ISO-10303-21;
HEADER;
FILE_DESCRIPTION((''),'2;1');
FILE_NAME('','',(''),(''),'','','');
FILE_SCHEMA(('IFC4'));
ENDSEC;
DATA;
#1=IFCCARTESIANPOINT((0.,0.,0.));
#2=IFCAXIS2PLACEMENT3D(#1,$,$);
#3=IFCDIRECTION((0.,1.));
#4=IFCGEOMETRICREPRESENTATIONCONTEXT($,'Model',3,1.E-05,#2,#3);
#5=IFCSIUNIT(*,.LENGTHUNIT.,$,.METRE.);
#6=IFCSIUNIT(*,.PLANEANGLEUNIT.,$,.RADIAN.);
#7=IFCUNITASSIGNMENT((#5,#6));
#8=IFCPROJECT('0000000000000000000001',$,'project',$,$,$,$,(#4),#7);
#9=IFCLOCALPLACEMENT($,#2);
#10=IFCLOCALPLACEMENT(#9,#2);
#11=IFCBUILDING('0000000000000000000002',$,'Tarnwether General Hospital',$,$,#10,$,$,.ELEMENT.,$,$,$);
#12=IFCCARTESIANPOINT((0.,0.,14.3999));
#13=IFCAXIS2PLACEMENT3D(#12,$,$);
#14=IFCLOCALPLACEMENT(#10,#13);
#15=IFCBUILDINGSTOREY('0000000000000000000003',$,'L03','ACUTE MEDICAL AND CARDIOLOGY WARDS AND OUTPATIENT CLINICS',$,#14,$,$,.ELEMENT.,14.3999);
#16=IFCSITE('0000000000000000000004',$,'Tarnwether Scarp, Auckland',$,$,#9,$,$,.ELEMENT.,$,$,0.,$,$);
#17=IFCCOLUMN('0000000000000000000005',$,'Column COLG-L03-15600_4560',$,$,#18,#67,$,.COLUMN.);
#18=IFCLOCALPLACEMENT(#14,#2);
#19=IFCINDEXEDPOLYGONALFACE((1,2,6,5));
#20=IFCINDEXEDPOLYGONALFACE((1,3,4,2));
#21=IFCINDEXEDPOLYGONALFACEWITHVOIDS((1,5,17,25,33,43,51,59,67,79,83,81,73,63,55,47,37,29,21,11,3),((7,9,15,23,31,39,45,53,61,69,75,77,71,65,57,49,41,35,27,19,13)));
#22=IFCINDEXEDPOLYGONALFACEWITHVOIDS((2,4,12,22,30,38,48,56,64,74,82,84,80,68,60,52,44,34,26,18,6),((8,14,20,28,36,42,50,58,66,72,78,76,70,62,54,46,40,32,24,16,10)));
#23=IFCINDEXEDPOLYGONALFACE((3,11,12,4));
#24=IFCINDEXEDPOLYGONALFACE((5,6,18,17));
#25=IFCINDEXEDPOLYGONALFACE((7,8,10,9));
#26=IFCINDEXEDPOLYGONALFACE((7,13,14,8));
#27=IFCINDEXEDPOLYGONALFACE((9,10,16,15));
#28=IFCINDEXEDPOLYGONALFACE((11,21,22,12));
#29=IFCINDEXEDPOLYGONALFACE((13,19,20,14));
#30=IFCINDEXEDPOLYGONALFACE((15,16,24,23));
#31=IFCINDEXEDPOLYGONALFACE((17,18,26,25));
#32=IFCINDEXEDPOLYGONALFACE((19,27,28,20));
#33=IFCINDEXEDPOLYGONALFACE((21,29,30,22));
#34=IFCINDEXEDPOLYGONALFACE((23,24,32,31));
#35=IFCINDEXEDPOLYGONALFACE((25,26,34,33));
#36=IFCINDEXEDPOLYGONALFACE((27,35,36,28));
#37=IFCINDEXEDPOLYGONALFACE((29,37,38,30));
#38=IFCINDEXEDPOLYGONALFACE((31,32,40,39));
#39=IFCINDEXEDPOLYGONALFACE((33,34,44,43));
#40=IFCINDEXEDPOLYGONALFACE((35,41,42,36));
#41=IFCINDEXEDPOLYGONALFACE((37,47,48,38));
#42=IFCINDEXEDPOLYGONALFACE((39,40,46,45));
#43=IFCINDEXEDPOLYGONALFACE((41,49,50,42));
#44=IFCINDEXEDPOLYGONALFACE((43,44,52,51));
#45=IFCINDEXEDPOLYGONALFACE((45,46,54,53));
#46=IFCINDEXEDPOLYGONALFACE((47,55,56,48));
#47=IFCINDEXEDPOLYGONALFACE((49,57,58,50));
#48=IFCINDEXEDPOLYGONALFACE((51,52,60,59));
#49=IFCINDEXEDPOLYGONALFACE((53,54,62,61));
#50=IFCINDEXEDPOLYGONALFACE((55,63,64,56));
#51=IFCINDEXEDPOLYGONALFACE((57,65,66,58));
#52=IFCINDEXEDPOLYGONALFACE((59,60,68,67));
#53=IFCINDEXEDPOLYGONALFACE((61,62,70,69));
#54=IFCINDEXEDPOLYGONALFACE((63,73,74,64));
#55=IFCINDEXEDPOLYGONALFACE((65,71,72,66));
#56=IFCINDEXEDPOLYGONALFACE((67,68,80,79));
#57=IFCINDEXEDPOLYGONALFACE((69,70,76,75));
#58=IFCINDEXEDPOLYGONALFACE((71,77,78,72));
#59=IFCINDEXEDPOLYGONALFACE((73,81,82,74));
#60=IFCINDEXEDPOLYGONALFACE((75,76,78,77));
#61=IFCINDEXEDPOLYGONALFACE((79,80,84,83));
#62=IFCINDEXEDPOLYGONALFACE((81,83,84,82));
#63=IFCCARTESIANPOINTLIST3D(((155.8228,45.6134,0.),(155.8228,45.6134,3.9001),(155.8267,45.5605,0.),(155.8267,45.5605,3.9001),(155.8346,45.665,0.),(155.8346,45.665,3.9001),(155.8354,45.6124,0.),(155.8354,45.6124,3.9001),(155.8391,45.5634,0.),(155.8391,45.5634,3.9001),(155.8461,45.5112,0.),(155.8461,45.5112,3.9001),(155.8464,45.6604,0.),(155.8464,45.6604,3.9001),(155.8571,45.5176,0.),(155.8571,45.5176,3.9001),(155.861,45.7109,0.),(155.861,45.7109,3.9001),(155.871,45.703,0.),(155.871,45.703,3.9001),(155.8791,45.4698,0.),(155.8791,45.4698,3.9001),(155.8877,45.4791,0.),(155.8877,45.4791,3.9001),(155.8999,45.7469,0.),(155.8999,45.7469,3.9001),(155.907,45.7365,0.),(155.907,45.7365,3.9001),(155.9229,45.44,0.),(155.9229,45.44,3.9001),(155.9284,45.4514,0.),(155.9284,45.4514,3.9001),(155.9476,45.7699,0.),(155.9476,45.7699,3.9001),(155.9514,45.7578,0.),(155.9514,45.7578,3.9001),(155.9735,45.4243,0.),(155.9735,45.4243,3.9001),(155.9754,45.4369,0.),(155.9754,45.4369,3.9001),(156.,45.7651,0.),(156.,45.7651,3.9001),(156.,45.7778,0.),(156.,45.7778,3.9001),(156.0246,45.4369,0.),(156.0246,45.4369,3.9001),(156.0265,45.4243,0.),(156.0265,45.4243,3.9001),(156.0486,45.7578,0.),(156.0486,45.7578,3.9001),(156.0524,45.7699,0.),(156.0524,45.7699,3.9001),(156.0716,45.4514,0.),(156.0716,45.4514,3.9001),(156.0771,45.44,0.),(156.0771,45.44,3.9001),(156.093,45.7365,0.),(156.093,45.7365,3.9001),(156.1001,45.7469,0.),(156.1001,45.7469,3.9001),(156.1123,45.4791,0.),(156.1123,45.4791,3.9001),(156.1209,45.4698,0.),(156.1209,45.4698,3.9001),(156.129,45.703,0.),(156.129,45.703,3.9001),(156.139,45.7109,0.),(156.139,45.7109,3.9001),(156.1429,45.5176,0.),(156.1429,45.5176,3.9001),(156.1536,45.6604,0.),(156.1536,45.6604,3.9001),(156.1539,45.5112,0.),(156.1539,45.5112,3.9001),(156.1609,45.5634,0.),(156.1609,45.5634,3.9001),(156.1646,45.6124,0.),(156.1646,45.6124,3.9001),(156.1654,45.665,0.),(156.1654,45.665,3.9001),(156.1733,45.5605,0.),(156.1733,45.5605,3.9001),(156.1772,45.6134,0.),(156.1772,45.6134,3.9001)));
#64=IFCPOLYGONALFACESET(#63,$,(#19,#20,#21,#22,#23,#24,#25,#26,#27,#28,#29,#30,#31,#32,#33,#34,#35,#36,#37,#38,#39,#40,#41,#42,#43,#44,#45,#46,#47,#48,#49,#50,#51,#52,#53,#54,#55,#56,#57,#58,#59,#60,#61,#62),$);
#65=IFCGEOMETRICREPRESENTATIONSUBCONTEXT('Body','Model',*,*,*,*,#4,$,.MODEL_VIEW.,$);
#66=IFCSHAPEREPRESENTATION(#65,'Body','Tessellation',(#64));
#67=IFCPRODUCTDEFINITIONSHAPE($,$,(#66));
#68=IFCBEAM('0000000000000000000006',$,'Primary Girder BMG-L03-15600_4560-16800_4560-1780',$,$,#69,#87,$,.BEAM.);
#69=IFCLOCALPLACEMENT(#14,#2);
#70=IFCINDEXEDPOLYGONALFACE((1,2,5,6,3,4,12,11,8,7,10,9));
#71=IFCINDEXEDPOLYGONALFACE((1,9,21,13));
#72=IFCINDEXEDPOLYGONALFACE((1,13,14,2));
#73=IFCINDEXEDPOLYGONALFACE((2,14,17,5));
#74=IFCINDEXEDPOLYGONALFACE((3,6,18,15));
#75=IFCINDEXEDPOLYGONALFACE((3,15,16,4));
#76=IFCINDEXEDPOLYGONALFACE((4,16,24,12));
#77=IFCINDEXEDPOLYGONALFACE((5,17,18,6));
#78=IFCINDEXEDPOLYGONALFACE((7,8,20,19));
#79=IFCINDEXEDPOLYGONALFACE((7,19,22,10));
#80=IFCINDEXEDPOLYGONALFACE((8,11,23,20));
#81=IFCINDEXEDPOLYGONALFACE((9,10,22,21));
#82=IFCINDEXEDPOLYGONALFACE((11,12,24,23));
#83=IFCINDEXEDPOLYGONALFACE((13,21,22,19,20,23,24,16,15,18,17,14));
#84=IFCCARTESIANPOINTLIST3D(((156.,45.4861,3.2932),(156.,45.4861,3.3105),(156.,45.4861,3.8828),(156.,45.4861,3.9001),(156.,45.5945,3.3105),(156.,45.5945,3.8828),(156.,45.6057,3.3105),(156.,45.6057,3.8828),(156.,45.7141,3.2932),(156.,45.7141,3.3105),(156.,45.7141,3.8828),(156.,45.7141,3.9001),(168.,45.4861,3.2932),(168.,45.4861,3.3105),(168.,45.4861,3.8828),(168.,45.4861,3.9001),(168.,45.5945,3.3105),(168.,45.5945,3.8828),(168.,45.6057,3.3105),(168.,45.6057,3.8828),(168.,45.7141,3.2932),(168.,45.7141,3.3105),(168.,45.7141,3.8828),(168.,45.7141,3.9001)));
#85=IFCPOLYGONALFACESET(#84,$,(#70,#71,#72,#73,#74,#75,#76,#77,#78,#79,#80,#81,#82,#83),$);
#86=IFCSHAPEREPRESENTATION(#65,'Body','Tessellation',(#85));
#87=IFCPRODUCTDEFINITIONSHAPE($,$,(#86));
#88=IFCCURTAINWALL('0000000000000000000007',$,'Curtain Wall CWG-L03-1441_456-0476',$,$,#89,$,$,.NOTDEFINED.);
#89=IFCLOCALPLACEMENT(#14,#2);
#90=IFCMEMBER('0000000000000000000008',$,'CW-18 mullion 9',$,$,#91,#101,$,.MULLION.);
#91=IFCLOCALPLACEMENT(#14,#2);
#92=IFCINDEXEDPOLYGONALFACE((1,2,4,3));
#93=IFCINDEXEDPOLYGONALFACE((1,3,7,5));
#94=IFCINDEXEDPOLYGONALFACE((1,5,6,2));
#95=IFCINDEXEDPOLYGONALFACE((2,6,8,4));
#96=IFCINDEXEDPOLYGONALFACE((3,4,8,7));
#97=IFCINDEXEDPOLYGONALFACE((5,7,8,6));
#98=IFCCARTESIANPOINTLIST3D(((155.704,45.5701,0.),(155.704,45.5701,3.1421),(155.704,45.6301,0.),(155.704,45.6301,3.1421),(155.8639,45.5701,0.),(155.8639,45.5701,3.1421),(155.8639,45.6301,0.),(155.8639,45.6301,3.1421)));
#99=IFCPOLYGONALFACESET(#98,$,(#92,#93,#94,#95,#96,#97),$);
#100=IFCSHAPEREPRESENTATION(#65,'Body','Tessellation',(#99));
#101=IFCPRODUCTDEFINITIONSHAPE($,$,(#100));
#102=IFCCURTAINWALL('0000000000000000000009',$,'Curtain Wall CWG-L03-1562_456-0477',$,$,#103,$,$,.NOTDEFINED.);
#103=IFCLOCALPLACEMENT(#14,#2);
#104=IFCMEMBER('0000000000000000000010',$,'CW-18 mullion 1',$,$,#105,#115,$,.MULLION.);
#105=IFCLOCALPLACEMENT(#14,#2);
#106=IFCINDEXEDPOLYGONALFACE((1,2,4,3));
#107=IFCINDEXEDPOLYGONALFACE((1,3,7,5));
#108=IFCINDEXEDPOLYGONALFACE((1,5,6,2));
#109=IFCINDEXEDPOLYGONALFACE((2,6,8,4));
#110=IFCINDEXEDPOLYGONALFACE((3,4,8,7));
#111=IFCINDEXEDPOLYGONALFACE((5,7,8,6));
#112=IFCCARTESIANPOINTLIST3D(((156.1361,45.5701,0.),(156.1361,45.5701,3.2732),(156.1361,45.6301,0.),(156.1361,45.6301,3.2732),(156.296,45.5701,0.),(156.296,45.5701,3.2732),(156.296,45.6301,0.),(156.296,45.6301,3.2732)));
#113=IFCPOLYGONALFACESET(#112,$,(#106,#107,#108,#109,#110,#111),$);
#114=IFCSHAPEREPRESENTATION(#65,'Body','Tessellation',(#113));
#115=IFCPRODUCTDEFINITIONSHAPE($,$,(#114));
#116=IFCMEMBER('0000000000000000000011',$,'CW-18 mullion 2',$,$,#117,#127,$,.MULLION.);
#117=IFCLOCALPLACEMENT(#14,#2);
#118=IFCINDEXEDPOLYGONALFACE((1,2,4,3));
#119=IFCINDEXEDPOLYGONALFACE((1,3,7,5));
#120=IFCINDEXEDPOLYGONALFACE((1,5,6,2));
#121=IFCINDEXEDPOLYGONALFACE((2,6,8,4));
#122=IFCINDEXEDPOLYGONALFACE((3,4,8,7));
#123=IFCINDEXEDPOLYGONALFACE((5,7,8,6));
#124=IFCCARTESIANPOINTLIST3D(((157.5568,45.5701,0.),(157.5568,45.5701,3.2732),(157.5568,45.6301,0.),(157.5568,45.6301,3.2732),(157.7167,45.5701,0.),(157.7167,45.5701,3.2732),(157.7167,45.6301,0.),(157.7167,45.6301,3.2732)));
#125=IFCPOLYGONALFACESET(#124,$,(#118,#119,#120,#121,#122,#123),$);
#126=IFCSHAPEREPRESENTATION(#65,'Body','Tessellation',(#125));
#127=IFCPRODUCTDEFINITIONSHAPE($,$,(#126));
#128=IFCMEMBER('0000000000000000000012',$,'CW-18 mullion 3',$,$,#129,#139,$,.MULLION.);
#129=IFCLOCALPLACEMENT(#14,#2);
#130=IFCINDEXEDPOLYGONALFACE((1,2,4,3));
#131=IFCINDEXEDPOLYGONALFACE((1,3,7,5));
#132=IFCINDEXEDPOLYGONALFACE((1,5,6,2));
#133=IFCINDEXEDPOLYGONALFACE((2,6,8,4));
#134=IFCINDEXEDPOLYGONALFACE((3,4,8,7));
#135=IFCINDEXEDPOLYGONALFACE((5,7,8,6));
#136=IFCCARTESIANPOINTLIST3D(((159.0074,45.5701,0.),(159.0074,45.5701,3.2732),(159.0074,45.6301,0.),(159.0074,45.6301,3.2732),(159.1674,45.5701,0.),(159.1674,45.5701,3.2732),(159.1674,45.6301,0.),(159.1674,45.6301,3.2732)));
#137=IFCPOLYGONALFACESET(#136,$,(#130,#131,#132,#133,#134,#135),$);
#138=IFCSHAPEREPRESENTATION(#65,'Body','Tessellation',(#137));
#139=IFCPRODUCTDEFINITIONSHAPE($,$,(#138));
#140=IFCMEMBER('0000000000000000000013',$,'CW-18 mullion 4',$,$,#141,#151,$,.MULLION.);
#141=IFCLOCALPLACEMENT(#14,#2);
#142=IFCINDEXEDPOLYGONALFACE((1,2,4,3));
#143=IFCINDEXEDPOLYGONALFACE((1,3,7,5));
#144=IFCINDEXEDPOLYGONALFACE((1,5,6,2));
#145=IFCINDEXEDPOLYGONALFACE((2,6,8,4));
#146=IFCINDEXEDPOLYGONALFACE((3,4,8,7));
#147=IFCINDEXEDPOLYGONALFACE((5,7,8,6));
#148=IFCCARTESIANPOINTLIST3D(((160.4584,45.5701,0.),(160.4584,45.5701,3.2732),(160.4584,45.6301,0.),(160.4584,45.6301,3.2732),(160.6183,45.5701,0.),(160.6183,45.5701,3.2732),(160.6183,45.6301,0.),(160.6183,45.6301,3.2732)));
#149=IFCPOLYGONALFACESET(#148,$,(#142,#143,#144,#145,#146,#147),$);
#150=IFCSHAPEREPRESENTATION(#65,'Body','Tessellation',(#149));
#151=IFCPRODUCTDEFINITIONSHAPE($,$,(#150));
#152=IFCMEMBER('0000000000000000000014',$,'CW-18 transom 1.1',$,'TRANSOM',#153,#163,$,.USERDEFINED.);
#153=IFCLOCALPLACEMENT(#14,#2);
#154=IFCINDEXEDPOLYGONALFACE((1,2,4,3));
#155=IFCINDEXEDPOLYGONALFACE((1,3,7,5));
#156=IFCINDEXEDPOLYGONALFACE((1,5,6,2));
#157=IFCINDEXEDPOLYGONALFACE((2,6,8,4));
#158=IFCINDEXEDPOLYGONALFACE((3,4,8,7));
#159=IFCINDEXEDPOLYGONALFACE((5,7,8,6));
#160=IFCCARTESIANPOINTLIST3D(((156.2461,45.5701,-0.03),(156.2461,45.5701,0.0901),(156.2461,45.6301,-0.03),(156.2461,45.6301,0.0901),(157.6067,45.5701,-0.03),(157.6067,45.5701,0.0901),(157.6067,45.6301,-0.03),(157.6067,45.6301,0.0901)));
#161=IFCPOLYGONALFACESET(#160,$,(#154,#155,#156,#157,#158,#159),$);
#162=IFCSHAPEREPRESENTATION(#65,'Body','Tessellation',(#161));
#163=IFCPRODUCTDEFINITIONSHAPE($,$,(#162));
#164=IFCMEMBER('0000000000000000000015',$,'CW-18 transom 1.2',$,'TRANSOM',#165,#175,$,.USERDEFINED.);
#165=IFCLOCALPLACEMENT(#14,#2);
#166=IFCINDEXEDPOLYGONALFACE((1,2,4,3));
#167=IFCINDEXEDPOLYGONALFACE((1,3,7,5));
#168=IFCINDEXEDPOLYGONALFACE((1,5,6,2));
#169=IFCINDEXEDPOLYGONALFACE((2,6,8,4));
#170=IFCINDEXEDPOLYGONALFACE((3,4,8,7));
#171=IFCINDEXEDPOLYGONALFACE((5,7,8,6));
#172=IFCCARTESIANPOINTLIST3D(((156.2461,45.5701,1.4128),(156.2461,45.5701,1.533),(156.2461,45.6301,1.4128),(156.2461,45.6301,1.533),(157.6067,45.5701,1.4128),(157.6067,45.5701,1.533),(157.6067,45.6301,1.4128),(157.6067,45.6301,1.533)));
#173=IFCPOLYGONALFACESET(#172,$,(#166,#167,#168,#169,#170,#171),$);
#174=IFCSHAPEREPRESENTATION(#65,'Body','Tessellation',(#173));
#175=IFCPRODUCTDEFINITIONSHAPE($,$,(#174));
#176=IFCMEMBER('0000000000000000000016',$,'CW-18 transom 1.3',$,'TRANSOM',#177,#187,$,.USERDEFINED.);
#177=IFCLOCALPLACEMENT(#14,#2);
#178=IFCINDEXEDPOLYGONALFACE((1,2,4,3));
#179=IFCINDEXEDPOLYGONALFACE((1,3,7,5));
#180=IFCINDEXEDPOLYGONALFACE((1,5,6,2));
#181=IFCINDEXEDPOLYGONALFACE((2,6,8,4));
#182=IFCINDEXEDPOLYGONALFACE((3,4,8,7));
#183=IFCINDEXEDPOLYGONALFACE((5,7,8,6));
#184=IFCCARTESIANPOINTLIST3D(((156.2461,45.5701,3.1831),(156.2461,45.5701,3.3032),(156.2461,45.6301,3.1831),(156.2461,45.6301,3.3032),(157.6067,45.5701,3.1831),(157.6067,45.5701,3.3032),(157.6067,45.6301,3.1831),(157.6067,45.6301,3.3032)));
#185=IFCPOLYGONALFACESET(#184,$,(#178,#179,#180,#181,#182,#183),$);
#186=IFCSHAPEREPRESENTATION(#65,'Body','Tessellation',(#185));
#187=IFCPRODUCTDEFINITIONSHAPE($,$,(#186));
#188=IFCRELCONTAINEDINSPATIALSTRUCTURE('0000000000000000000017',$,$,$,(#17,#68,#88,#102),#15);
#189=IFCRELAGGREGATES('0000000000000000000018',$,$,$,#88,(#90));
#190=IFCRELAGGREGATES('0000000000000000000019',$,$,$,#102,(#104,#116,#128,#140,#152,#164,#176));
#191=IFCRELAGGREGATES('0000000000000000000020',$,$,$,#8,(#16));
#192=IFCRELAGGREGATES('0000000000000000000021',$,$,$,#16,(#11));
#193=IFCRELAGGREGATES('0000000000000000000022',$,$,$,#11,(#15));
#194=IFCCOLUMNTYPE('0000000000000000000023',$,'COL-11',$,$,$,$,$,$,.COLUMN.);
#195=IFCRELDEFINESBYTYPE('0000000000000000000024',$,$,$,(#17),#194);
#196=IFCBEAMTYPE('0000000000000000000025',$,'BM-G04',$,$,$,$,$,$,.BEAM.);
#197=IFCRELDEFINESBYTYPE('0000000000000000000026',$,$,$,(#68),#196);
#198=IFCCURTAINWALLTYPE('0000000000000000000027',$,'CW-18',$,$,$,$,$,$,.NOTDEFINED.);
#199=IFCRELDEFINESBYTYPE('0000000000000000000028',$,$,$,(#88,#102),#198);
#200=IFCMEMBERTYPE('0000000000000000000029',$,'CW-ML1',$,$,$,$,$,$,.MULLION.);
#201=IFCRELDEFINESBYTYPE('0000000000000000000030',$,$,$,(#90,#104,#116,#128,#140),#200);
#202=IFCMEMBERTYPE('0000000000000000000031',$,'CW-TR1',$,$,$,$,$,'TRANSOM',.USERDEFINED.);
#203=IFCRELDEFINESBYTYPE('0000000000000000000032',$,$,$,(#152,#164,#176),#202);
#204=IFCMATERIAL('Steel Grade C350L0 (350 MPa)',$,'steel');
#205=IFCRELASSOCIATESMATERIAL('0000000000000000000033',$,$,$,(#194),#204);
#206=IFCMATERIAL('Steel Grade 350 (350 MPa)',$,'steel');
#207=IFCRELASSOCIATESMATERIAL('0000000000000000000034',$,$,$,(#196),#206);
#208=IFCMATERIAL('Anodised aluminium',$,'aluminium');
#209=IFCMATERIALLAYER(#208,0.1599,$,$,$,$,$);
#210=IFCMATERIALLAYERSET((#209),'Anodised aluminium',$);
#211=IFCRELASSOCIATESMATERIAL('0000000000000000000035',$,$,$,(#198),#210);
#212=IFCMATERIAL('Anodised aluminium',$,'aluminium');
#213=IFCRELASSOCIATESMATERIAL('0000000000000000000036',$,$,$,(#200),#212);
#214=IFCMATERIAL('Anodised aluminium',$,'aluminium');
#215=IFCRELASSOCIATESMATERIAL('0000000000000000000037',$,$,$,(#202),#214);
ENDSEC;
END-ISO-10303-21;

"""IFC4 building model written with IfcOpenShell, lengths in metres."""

from ifc_helpers import new_model, si_unit, direction, frame, origin, origin_2d, place, context, subcontext, project, spatial, rectangle, hollow_circle, i_section, extrude, material, layer, layer_set, material_profile, profile_set, type_object, element, aggregate, save


model = new_model("IFC4")

# Units and contexts
model_context = context("Model", 3, precision=1e-05, world=origin(), true_north=direction((0.0, 1.0)))
body_context = subcontext(model_context, "Body", "Model", "MODEL_VIEW")
ifc_project = project(units=[si_unit("LENGTHUNIT", "METRE"), si_unit("PLANEANGLEUNIT", "RADIAN")], contexts=[model_context])

# Site, building, storey
site_placement = place(None, origin())
site = spatial("IfcSite", under=ifc_project, at=site_placement, Name="Tarnwether Scarp, Auckland", CompositionType="ELEMENT", RefElevation=0.0)
building_placement = place(site_placement, origin())
building = spatial("IfcBuilding", under=site, at=building_placement, Name="Tarnwether General Hospital", CompositionType="ELEMENT")
storey_placement = place(building_placement, frame((0.0, 0.0, 14.3999)))
storey = spatial("IfcBuildingStorey", under=building, at=storey_placement, Name="L03", Description="ACUTE MEDICAL AND CARDIOLOGY WARDS AND OUTPATIENT CLINICS", CompositionType="ELEMENT", Elevation=14.3999)

# Column
ifc_material_1 = material(Name="Steel Grade C350L0 (350 MPa)", Category="steel")
ifc_material_profile_1 = material_profile(ifc_material_1, hollow_circle(Radius=0.1777, WallThickness=0.0127, at=origin_2d()), Name="CHS355.6x12.7")
ifc_profile_set_1 = profile_set([ifc_material_profile_1], Name="Steel Grade C350L0 (350 MPa)")
column_type = type_object("IfcColumnType", Name="COL-11", PredefinedType="COLUMN", material=ifc_profile_set_1)
column_placement = place(storey_placement, frame((156.0, 45.6001, 0.0), z_axis=(0.0, 0.0, 1.0), x_axis=(0.0, 1.0, 0.0)))
element("IfcColumn", 1, at=column_placement, inside=storey, type_object=column_type, Name="Column COLG-L03-15600_4560", PredefinedType="COLUMN", context=body_context, shape_type="SweptSolid", body=[
    extrude(hollow_circle(Radius=0.1777, WallThickness=0.0127, at=origin_2d()), origin(), (0.0, 0.0, 1.0), 3.9001),
])

# Beam
ifc_material_2 = material(Name="Steel Grade 350 (350 MPa)", Category="steel")
ifc_material_profile_2 = material_profile(ifc_material_2, i_section(OverallWidth=0.228, OverallDepth=0.6069, WebThickness=0.0112, FlangeThickness=0.0173, at=origin_2d()), Name="610UB113")
ifc_profile_set_2 = profile_set([ifc_material_profile_2], Name="Steel Grade 350 (350 MPa)")
beam_type = type_object("IfcBeamType", Name="BM-G04", PredefinedType="BEAM", material=ifc_profile_set_2)
beam_placement = place(storey_placement, frame((156.0, 45.6001, 3.5967), z_axis=(1.0, 0.0, 0.0), x_axis=(0.0, 1.0, 0.0)))
element("IfcBeam", 2, at=beam_placement, inside=storey, type_object=beam_type, Name="Primary Girder BMG-L03-15600_4560-16800_4560-1780", PredefinedType="BEAM", context=body_context, shape_type="SweptSolid", body=[
    extrude(i_section(OverallWidth=0.228, OverallDepth=0.6069, WebThickness=0.0112, FlangeThickness=0.0173, at=origin_2d()), origin(), (0.0, 0.0, 1.0), 12.0),
])

# Curtain wall, member
ifc_material_3 = material(Name="Anodised aluminium", Category="aluminium")
ifc_layer_1 = layer(ifc_material_3, 0.1599)
ifc_layer_set_1 = layer_set([ifc_layer_1], Name="Anodised aluminium")
curtain_wall_type = type_object("IfcCurtainWallType", Name="CW-18", PredefinedType="NOTDEFINED", material=ifc_layer_set_1)
curtain_wall_1_placement = place(storey_placement, origin())
curtain_wall_1 = element("IfcCurtainWall", 3, at=curtain_wall_1_placement, inside=storey, type_object=curtain_wall_type, Name="Curtain Wall CWG-L03-1441_456-0476", PredefinedType="NOTDEFINED")
ifc_material_4 = material(Name="Anodised aluminium", Category="aluminium")
ifc_material_profile_3 = material_profile(ifc_material_4, rectangle(XDim=0.0601, YDim=0.1599, at=origin_2d()), Name="ALU-MUL-60x160")
ifc_profile_set_3 = profile_set([ifc_material_profile_3], Name="Anodised aluminium")
member_type_1 = type_object("IfcMemberType", Name="CW-ML1", PredefinedType="MULLION", material=ifc_profile_set_3)
member_1_placement = place(storey_placement, frame((155.7839, 45.6001, 0.0), z_axis=(0.0, 0.0, 1.0), x_axis=(0.0, 1.0, 0.0)))
member_1 = element("IfcMember", 4, at=member_1_placement, type_object=member_type_1, Name="CW-18 mullion 9", PredefinedType="MULLION", context=body_context, shape_type="SweptSolid", body=[
    extrude(rectangle(XDim=0.0601, YDim=0.1599, at=origin_2d()), origin(), (0.0, 0.0, 1.0), 3.1421),
])
aggregate(curtain_wall_1, [member_1])

# Curtain wall, members
curtain_wall_2_placement = place(storey_placement, origin())
curtain_wall_2 = element("IfcCurtainWall", 5, at=curtain_wall_2_placement, inside=storey, type_object=curtain_wall_type, Name="Curtain Wall CWG-L03-1562_456-0477", PredefinedType="NOTDEFINED")
member_2_placement = place(storey_placement, frame((156.2161, 45.6001, 0.0), z_axis=(0.0, 0.0, 1.0), x_axis=(0.0, 1.0, 0.0)))
member_2 = element("IfcMember", 6, at=member_2_placement, type_object=member_type_1, Name="CW-18 mullion 1", PredefinedType="MULLION", context=body_context, shape_type="SweptSolid", body=[
    extrude(rectangle(XDim=0.0601, YDim=0.1599, at=origin_2d()), origin(), (0.0, 0.0, 1.0), 3.2732),
])
member_3_placement = place(storey_placement, frame((157.6367, 45.6001, 0.0), z_axis=(0.0, 0.0, 1.0), x_axis=(0.0, 1.0, 0.0)))
member_3 = element("IfcMember", 7, at=member_3_placement, type_object=member_type_1, Name="CW-18 mullion 2", PredefinedType="MULLION", context=body_context, shape_type="SweptSolid", body=[
    extrude(rectangle(XDim=0.0601, YDim=0.1599, at=origin_2d()), origin(), (0.0, 0.0, 1.0), 3.2732),
])
member_4_placement = place(storey_placement, frame((159.0874, 45.6001, 0.0), z_axis=(0.0, 0.0, 1.0), x_axis=(0.0, 1.0, 0.0)))
member_4 = element("IfcMember", 8, at=member_4_placement, type_object=member_type_1, Name="CW-18 mullion 3", PredefinedType="MULLION", context=body_context, shape_type="SweptSolid", body=[
    extrude(rectangle(XDim=0.0601, YDim=0.1599, at=origin_2d()), origin(), (0.0, 0.0, 1.0), 3.2732),
])
member_5_placement = place(storey_placement, frame((160.5383, 45.6001, 0.0), z_axis=(0.0, 0.0, 1.0), x_axis=(0.0, 1.0, 0.0)))
member_5 = element("IfcMember", 9, at=member_5_placement, type_object=member_type_1, Name="CW-18 mullion 4", PredefinedType="MULLION", context=body_context, shape_type="SweptSolid", body=[
    extrude(rectangle(XDim=0.0601, YDim=0.1599, at=origin_2d()), origin(), (0.0, 0.0, 1.0), 3.2732),
])
ifc_material_5 = material(Name="Anodised aluminium", Category="aluminium")
ifc_material_profile_4 = material_profile(ifc_material_5, rectangle(XDim=0.0601, YDim=0.1201, at=origin_2d()), Name="ALU-TRN-60x120")
ifc_profile_set_4 = profile_set([ifc_material_profile_4], Name="Anodised aluminium")
member_type_2 = type_object("IfcMemberType", Name="CW-TR1", ElementType="TRANSOM", PredefinedType="USERDEFINED", material=ifc_profile_set_4)
member_6_placement = place(storey_placement, frame((156.2461, 45.6001, 0.03), z_axis=(1.0, 0.0, 0.0), x_axis=(0.0, 1.0, 0.0)))
member_6 = element("IfcMember", 10, at=member_6_placement, type_object=member_type_2, Name="CW-18 transom 1.1", ObjectType="TRANSOM", PredefinedType="USERDEFINED", context=body_context, shape_type="SweptSolid", body=[
    extrude(rectangle(XDim=0.0601, YDim=0.1201, at=origin_2d()), origin(), (0.0, 0.0, 1.0), 1.3606),
])
member_7_placement = place(storey_placement, frame((156.2461, 45.6001, 1.4729), z_axis=(1.0, 0.0, 0.0), x_axis=(0.0, 1.0, 0.0)))
member_7 = element("IfcMember", 11, at=member_7_placement, type_object=member_type_2, Name="CW-18 transom 1.2", ObjectType="TRANSOM", PredefinedType="USERDEFINED", context=body_context, shape_type="SweptSolid", body=[
    extrude(rectangle(XDim=0.0601, YDim=0.1201, at=origin_2d()), origin(), (0.0, 0.0, 1.0), 1.3606),
])
member_8_placement = place(storey_placement, frame((156.2461, 45.6001, 3.2432), z_axis=(1.0, 0.0, 0.0), x_axis=(0.0, 1.0, 0.0)))
member_8 = element("IfcMember", 12, at=member_8_placement, type_object=member_type_2, Name="CW-18 transom 1.3", ObjectType="TRANSOM", PredefinedType="USERDEFINED", context=body_context, shape_type="SweptSolid", body=[
    extrude(rectangle(XDim=0.0601, YDim=0.1201, at=origin_2d()), origin(), (0.0, 0.0, 1.0), 1.3606),
])
aggregate(curtain_wall_2, [member_2, member_3, member_4, member_5, member_6, member_7, member_8])

save(model, "model.ifc")
